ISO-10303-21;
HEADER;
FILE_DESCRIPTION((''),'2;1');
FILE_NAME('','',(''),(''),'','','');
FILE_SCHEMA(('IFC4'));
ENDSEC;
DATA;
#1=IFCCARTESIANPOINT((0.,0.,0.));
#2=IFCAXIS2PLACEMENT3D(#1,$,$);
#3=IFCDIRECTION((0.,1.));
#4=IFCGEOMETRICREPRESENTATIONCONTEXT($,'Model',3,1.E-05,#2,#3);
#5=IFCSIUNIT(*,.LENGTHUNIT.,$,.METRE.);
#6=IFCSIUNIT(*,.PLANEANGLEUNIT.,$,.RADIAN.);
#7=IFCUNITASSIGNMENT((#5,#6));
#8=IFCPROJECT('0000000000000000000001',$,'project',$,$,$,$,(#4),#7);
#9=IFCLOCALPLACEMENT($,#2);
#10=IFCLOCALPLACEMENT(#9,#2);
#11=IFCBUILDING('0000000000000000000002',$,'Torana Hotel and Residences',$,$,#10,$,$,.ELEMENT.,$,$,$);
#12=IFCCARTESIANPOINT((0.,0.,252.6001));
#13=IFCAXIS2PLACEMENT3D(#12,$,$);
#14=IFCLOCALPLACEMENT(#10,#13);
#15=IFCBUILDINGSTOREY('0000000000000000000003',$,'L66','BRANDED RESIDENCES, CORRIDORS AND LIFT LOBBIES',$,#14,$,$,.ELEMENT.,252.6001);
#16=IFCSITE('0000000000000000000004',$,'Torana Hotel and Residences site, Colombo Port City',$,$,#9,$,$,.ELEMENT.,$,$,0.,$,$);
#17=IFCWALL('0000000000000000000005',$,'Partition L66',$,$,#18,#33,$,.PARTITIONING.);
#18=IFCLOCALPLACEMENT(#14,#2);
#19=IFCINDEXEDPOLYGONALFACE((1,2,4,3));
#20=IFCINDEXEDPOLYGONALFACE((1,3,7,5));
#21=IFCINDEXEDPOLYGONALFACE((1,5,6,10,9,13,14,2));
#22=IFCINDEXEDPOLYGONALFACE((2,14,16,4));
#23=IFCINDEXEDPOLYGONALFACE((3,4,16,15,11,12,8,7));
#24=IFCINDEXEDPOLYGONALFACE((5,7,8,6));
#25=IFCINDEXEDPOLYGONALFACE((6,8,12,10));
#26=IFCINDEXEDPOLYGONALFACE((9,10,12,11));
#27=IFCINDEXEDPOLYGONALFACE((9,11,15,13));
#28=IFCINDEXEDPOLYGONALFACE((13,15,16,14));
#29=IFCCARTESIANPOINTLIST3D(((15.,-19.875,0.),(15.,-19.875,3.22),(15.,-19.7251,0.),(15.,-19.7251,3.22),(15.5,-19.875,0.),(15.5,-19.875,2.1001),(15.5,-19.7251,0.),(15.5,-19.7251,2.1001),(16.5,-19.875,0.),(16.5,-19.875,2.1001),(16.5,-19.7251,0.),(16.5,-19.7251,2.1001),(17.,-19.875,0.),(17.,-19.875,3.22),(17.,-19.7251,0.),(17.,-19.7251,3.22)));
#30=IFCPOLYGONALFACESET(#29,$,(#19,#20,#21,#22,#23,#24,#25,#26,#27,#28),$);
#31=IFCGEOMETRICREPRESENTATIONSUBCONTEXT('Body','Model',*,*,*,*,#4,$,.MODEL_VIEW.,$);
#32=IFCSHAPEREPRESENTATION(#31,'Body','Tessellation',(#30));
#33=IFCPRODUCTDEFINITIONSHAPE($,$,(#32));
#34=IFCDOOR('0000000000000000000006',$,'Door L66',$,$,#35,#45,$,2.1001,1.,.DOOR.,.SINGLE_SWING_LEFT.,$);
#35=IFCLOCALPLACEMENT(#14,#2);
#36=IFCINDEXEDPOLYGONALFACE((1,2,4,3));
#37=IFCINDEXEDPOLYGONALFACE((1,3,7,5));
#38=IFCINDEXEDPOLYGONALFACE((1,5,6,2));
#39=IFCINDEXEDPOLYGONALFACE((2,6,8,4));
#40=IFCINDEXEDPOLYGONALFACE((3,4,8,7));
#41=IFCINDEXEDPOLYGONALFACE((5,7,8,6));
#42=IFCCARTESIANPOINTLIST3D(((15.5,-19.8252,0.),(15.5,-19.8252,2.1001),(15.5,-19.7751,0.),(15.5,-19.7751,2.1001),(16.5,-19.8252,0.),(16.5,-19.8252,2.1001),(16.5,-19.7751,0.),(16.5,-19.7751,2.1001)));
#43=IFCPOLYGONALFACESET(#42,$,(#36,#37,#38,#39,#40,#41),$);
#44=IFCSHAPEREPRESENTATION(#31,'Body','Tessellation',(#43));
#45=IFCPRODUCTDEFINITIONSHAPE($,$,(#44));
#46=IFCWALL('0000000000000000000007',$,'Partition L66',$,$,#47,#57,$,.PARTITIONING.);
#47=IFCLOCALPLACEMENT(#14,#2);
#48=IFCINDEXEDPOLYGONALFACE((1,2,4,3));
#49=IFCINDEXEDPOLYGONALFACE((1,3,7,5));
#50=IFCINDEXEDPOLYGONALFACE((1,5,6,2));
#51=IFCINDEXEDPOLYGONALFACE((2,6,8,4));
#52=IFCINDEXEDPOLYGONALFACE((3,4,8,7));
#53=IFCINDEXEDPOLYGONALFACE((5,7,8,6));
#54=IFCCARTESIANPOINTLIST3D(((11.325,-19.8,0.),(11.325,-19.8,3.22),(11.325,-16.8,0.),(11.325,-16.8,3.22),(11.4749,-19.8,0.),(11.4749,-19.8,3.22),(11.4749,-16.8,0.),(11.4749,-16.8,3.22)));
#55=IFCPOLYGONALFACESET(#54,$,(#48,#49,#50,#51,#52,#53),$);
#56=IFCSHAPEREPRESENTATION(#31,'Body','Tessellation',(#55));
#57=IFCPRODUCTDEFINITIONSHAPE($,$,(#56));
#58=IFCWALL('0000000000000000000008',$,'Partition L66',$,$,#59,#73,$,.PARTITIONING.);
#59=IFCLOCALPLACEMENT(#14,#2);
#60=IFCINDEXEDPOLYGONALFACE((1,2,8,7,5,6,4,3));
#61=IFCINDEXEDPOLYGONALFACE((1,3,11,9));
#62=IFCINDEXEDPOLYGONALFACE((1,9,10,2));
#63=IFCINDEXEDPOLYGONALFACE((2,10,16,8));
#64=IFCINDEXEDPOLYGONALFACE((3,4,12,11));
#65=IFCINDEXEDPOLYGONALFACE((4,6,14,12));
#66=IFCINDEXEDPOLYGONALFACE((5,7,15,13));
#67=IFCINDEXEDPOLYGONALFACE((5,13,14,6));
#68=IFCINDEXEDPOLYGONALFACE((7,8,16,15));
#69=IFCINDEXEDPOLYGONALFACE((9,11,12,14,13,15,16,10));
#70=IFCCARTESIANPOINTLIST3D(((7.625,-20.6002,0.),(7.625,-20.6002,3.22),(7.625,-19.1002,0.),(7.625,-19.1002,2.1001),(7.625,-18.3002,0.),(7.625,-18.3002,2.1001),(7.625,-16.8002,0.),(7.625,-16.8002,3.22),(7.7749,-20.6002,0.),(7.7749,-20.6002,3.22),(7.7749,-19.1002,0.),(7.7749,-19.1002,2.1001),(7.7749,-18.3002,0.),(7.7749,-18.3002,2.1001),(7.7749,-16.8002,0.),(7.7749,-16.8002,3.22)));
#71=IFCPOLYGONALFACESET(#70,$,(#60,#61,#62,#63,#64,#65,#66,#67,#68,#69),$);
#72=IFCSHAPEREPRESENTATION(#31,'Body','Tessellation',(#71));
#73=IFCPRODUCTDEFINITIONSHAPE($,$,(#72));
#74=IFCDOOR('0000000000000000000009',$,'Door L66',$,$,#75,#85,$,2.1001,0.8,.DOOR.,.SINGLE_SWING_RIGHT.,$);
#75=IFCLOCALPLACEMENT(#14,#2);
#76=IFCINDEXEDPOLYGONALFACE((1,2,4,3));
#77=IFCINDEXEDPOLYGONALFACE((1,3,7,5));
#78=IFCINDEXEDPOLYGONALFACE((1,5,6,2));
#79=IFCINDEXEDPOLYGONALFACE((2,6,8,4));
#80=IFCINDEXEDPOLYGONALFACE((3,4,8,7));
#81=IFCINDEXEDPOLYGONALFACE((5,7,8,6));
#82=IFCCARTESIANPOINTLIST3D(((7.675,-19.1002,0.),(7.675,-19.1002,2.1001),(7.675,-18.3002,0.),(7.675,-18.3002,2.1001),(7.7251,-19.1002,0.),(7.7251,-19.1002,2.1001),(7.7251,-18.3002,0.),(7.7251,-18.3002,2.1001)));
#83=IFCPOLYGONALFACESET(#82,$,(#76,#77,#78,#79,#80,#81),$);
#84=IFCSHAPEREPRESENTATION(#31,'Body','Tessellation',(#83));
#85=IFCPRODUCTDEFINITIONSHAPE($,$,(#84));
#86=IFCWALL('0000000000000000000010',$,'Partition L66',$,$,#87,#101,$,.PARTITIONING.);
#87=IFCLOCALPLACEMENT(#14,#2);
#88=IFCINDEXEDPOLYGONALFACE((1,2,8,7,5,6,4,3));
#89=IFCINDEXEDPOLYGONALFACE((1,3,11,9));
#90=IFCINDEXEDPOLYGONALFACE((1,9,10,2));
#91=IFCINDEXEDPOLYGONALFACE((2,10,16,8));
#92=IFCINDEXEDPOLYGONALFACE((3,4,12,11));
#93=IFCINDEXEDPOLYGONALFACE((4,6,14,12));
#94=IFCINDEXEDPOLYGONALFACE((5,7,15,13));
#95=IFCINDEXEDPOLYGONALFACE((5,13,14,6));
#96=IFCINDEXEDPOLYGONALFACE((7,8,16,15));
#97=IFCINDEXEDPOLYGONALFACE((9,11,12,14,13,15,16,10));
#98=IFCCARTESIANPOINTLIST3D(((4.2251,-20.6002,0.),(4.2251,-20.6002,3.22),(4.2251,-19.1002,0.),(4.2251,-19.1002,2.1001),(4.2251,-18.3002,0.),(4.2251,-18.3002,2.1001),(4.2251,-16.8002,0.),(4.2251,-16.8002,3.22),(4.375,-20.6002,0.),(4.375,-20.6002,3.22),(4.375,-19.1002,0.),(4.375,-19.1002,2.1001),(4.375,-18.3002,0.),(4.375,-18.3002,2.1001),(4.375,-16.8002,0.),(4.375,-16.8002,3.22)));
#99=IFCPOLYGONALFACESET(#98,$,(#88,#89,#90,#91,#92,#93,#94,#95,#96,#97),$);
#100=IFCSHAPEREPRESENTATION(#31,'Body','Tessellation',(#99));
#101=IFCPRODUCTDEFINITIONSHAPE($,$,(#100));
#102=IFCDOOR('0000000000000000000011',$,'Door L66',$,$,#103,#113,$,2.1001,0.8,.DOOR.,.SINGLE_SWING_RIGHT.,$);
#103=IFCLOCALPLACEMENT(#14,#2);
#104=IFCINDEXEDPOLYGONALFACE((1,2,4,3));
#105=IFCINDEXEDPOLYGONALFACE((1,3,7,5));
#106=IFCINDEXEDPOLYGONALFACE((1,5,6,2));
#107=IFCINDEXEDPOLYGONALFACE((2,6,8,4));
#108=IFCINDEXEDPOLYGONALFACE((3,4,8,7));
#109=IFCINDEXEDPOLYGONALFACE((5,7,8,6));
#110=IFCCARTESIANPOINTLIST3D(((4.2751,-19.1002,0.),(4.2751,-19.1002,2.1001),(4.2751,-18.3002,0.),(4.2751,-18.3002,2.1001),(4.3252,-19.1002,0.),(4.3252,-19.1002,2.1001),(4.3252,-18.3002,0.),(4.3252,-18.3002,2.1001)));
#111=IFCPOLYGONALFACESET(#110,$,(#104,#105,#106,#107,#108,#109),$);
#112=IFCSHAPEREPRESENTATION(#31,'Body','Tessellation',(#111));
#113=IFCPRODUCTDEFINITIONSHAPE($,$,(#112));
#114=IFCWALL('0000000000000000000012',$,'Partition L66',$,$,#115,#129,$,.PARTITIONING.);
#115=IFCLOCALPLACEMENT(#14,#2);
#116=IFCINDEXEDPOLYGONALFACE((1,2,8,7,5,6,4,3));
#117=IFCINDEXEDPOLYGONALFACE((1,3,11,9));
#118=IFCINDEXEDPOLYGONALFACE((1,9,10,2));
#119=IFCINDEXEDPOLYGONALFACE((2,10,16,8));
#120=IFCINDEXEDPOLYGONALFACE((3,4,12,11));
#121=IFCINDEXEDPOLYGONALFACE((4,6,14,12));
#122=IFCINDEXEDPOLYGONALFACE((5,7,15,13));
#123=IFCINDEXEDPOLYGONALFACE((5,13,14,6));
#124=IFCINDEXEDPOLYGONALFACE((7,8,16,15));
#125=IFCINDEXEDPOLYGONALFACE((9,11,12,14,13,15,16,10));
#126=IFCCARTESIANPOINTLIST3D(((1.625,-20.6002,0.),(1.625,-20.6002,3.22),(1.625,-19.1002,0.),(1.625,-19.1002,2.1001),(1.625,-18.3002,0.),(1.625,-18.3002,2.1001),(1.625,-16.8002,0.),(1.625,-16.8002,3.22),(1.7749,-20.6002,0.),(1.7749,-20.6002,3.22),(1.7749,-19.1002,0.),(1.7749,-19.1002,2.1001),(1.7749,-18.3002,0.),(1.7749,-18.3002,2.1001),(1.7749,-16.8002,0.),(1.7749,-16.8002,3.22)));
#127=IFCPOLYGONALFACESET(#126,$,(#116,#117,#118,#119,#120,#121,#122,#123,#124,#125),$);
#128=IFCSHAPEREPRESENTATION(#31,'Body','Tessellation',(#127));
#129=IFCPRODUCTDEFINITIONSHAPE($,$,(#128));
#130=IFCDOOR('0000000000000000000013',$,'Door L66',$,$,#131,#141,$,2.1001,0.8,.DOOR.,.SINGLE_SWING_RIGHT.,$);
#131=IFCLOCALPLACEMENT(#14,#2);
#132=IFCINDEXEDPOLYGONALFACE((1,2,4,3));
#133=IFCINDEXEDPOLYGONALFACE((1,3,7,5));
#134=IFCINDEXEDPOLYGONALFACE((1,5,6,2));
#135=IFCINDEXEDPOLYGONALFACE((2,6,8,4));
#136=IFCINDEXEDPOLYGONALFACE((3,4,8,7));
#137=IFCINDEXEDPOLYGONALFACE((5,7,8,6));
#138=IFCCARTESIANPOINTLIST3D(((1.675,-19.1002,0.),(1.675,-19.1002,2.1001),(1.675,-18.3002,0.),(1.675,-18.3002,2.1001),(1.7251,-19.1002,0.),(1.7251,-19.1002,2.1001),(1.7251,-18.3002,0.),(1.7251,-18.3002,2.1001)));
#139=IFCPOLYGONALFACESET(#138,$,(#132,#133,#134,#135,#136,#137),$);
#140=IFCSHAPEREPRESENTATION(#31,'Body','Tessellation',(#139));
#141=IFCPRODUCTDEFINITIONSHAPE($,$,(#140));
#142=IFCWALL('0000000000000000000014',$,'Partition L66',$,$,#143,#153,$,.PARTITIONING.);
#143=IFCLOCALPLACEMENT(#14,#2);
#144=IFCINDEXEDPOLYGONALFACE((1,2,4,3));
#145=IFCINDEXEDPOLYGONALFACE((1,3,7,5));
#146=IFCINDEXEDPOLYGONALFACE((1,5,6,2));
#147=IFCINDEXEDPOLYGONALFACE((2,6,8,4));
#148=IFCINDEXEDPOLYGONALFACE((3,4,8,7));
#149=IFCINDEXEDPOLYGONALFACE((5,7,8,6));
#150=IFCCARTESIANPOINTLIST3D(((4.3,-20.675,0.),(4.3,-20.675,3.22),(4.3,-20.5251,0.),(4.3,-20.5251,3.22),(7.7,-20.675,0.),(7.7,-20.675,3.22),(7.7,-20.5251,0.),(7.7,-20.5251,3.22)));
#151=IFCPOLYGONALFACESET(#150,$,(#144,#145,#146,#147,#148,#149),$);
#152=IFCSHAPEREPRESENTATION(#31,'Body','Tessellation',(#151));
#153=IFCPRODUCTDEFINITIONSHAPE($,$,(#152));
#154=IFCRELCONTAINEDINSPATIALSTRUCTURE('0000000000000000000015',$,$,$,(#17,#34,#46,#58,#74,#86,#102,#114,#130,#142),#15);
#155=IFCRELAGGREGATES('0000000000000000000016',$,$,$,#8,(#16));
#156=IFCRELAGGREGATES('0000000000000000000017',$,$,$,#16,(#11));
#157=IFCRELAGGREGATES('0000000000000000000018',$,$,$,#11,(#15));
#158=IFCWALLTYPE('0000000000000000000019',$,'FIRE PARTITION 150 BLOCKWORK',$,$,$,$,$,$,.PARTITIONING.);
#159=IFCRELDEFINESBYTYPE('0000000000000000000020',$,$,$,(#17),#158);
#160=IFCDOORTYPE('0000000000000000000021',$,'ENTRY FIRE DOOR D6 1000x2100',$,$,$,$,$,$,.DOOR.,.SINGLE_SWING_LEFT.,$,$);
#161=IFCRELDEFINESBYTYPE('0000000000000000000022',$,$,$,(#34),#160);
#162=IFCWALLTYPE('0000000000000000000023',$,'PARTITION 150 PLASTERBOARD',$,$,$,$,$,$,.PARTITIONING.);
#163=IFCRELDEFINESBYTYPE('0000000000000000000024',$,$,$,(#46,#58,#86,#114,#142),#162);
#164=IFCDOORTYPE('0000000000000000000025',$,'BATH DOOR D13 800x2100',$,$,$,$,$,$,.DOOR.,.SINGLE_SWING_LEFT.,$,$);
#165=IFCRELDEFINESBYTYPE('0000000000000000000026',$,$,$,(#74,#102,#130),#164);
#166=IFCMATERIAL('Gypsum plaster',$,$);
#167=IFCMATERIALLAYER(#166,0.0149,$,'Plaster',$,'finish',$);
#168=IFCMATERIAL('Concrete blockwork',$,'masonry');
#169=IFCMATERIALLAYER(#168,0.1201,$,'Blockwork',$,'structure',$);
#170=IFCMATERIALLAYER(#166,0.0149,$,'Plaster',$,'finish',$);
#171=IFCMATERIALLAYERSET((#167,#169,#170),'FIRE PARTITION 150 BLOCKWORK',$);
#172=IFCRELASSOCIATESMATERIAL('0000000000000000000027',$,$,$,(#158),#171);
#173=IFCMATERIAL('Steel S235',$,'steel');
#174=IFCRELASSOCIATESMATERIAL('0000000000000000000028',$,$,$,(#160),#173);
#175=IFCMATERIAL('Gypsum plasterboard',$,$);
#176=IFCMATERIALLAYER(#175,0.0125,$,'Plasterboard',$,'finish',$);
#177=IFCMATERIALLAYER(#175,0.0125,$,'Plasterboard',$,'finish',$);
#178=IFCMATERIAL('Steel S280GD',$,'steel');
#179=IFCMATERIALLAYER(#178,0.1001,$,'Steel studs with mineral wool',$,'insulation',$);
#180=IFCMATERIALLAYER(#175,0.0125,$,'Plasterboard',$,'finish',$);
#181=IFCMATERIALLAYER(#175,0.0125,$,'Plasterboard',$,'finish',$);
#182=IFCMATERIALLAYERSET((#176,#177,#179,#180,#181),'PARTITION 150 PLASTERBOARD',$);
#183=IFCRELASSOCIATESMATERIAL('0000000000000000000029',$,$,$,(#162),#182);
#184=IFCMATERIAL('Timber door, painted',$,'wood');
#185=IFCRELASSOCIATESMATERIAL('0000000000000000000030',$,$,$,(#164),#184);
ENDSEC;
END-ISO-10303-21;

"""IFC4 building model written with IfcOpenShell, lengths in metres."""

from ifc_helpers import new_model, si_unit, direction, frame, frame_2d, origin, place, context, subcontext, project, spatial, rectangle, extrude, material, layer, layer_set, type_object, element, fill, save


model = new_model("IFC4")

# Units and contexts
model_context = context("Model", 3, precision=1e-05, world=origin(), true_north=direction((0.0, 1.0)))
body_context = subcontext(model_context, "Body", "Model", "MODEL_VIEW")
ifc_project = project(units=[si_unit("LENGTHUNIT", "METRE"), si_unit("PLANEANGLEUNIT", "RADIAN")], contexts=[model_context])

# Site, building, storey
site_placement = place(None, origin())
site = spatial("IfcSite", under=ifc_project, at=site_placement, Name="Torana Hotel and Residences site, Colombo Port City", CompositionType="ELEMENT", RefElevation=0.0)
building_placement = place(site_placement, origin())
building = spatial("IfcBuilding", under=site, at=building_placement, Name="Torana Hotel and Residences", CompositionType="ELEMENT")
storey_placement = place(building_placement, frame((0.0, 0.0, 252.6001)))
storey = spatial("IfcBuildingStorey", under=building, at=storey_placement, Name="L66", Description="BRANDED RESIDENCES, CORRIDORS AND LIFT LOBBIES", CompositionType="ELEMENT", Elevation=252.6001)

# Wall, opening, door
ifc_material_1 = material(Name="Gypsum plaster")
ifc_layer_1 = layer(ifc_material_1, 0.0149, Name="Plaster", Category="finish")
ifc_material_2 = material(Name="Concrete blockwork", Category="masonry")
ifc_layer_2 = layer(ifc_material_2, 0.1201, Name="Blockwork", Category="structure")
ifc_layer_3 = layer(ifc_material_1, 0.0149, Name="Plaster", Category="finish")
ifc_layer_set_1 = layer_set([ifc_layer_1, ifc_layer_2, ifc_layer_3], Name="FIRE PARTITION 150 BLOCKWORK")
wall_type_1 = type_object("IfcWallType", Name="FIRE PARTITION 150 BLOCKWORK", PredefinedType="PARTITIONING", material=ifc_layer_set_1)
ifc_material_3 = material(Name="Steel S235", Category="steel")
door_type_1 = type_object("IfcDoorType", Name="ENTRY FIRE DOOR D6 1000x2100", OperationType="SINGLE_SWING_LEFT", PredefinedType="DOOR", material=ifc_material_3)
wall_1_placement = place(storey_placement, frame((15.0, -19.8, 0.0), z_axis=(0.0, 0.0, 1.0), x_axis=(1.0, 0.0, 0.0)))
wall_1 = element("IfcWall", 1, at=wall_1_placement, inside=storey, type_object=wall_type_1, Name="Partition L66", PredefinedType="PARTITIONING", context=body_context, shape_type="SweptSolid", body=[
    extrude(rectangle(XDim=2.0, YDim=0.1499, at=frame_2d((1.0, 0.0))), origin(), (0.0, 0.0, 1.0), 3.22),
])
opening_1_placement = place(wall_1_placement, frame((0.5, 0.0, 0.0)))
opening_1 = element("IfcOpeningElement", 2, at=opening_1_placement, cuts=wall_1, PredefinedType="OPENING", context=body_context, shape_type="SweptSolid", body=[
    extrude(rectangle(XDim=1.0, YDim=2.1001, at=frame_2d((0.5, 1.05))), frame((0.0, 0.085, 0.0), z_axis=(0.0, -1.0, 0.0), x_axis=(1.0, 0.0, 0.0)), (0.0, 0.0, 1.0), 0.1699),
])
door_1_placement = place(opening_1_placement, frame((0.5, 0.0, 0.0), z_axis=(0.0, 0.0, 1.0), x_axis=(-1.0, 0.0, 0.0)))
door_1 = element("IfcDoor", 3, at=door_1_placement, inside=storey, type_object=door_type_1, Name="Door L66", OperationType="SINGLE_SWING_LEFT", OverallHeight=2.1001, OverallWidth=1.0, PredefinedType="DOOR", context=body_context, shape_type="SweptSolid", body=[
    extrude(rectangle(XDim=1.0, YDim=2.1001, at=frame_2d((0.0, 1.05))), frame((0.0, -0.0249, 0.0), z_axis=(0.0, 1.0, 0.0), x_axis=(-1.0, 0.0, 0.0)), (0.0, 0.0, 1.0), 0.05),
])
fill(opening_1, door_1)

# Wall
ifc_material_4 = material(Name="Gypsum plasterboard")
ifc_layer_4 = layer(ifc_material_4, 0.0125, Name="Plasterboard", Category="finish")
ifc_layer_5 = layer(ifc_material_4, 0.0125, Name="Plasterboard", Category="finish")
ifc_material_5 = material(Name="Steel S280GD", Category="steel")
ifc_layer_6 = layer(ifc_material_5, 0.1001, Name="Steel studs with mineral wool", Category="insulation")
ifc_layer_7 = layer(ifc_material_4, 0.0125, Name="Plasterboard", Category="finish")
ifc_layer_8 = layer(ifc_material_4, 0.0125, Name="Plasterboard", Category="finish")
ifc_layer_set_2 = layer_set([ifc_layer_4, ifc_layer_5, ifc_layer_6, ifc_layer_7, ifc_layer_8], Name="PARTITION 150 PLASTERBOARD")
wall_type_2 = type_object("IfcWallType", Name="PARTITION 150 PLASTERBOARD", PredefinedType="PARTITIONING", material=ifc_layer_set_2)
wall_2_placement = place(storey_placement, frame((11.3999, -19.8, 0.0), z_axis=(0.0, 0.0, 1.0), x_axis=(0.0, 1.0, 0.0)))
element("IfcWall", 4, at=wall_2_placement, inside=storey, type_object=wall_type_2, Name="Partition L66", PredefinedType="PARTITIONING", context=body_context, shape_type="SweptSolid", body=[
    extrude(rectangle(XDim=3.0, YDim=0.1499, at=frame_2d((1.5, 0.0))), origin(), (0.0, 0.0, 1.0), 3.22),
])

# Walls, openings, doors
wall_3_placement = place(storey_placement, frame((7.7, -20.6001, 0.0), z_axis=(0.0, 0.0, 1.0), x_axis=(0.0, 1.0, 0.0)))
wall_3 = element("IfcWall", 5, at=wall_3_placement, inside=storey, type_object=wall_type_2, Name="Partition L66", PredefinedType="PARTITIONING", context=body_context, shape_type="SweptSolid", body=[
    extrude(rectangle(XDim=3.8, YDim=0.1499, at=frame_2d((1.8999, 0.0))), origin(), (0.0, 0.0, 1.0), 3.22),
])
opening_2_placement = place(wall_3_placement, frame((1.5, 0.0, 0.0)))
opening_2 = element("IfcOpeningElement", 6, at=opening_2_placement, cuts=wall_3, PredefinedType="OPENING", context=body_context, shape_type="SweptSolid", body=[
    extrude(rectangle(XDim=0.8, YDim=2.1001, at=frame_2d((0.3999, 1.05))), frame((0.0, 0.085, 0.0), z_axis=(0.0, -1.0, 0.0), x_axis=(1.0, 0.0, 0.0)), (0.0, 0.0, 1.0), 0.1699),
])
ifc_material_6 = material(Name="Timber door, painted", Category="wood")
door_type_2 = type_object("IfcDoorType", Name="BATH DOOR D13 800x2100", OperationType="SINGLE_SWING_LEFT", PredefinedType="DOOR", material=ifc_material_6)
door_2_placement = place(opening_2_placement, origin())
door_2 = element("IfcDoor", 7, at=door_2_placement, inside=storey, type_object=door_type_2, Name="Door L66", OperationType="SINGLE_SWING_RIGHT", OverallHeight=2.1001, OverallWidth=0.8, PredefinedType="DOOR", context=body_context, shape_type="SweptSolid", body=[
    extrude(rectangle(XDim=0.8, YDim=2.1001, at=frame_2d((0.3999, 1.05))), frame((0.0, 0.0249, 0.0), z_axis=(0.0, -1.0, 0.0), x_axis=(1.0, 0.0, 0.0)), (0.0, 0.0, 1.0), 0.05),
])
fill(opening_2, door_2)
wall_4_placement = place(storey_placement, frame((4.3, -20.6001, 0.0), z_axis=(0.0, 0.0, 1.0), x_axis=(0.0, 1.0, 0.0)))
wall_4 = element("IfcWall", 8, at=wall_4_placement, inside=storey, type_object=wall_type_2, Name="Partition L66", PredefinedType="PARTITIONING", context=body_context, shape_type="SweptSolid", body=[
    extrude(rectangle(XDim=3.8, YDim=0.1499, at=frame_2d((1.8999, 0.0))), origin(), (0.0, 0.0, 1.0), 3.22),
])
opening_3_placement = place(wall_4_placement, frame((1.5, 0.0, 0.0)))
opening_3 = element("IfcOpeningElement", 9, at=opening_3_placement, cuts=wall_4, PredefinedType="OPENING", context=body_context, shape_type="SweptSolid", body=[
    extrude(rectangle(XDim=0.8, YDim=2.1001, at=frame_2d((0.3999, 1.05))), frame((0.0, 0.085, 0.0), z_axis=(0.0, -1.0, 0.0), x_axis=(1.0, 0.0, 0.0)), (0.0, 0.0, 1.0), 0.1699),
])
door_3_placement = place(opening_3_placement, origin())
door_3 = element("IfcDoor", 10, at=door_3_placement, inside=storey, type_object=door_type_2, Name="Door L66", OperationType="SINGLE_SWING_RIGHT", OverallHeight=2.1001, OverallWidth=0.8, PredefinedType="DOOR", context=body_context, shape_type="SweptSolid", body=[
    extrude(rectangle(XDim=0.8, YDim=2.1001, at=frame_2d((0.3999, 1.05))), frame((0.0, 0.0249, 0.0), z_axis=(0.0, -1.0, 0.0), x_axis=(1.0, 0.0, 0.0)), (0.0, 0.0, 1.0), 0.05),
])
fill(opening_3, door_3)
wall_5_placement = place(storey_placement, frame((1.7, -20.6001, 0.0), z_axis=(0.0, 0.0, 1.0), x_axis=(0.0, 1.0, 0.0)))
wall_5 = element("IfcWall", 11, at=wall_5_placement, inside=storey, type_object=wall_type_2, Name="Partition L66", PredefinedType="PARTITIONING", context=body_context, shape_type="SweptSolid", body=[
    extrude(rectangle(XDim=3.8, YDim=0.1499, at=frame_2d((1.8999, 0.0))), origin(), (0.0, 0.0, 1.0), 3.22),
])
opening_4_placement = place(wall_5_placement, frame((1.5, 0.0, 0.0)))
opening_4 = element("IfcOpeningElement", 12, at=opening_4_placement, cuts=wall_5, PredefinedType="OPENING", context=body_context, shape_type="SweptSolid", body=[
    extrude(rectangle(XDim=0.8, YDim=2.1001, at=frame_2d((0.3999, 1.05))), frame((0.0, 0.085, 0.0), z_axis=(0.0, -1.0, 0.0), x_axis=(1.0, 0.0, 0.0)), (0.0, 0.0, 1.0), 0.1699),
])
door_4_placement = place(opening_4_placement, origin())
door_4 = element("IfcDoor", 13, at=door_4_placement, inside=storey, type_object=door_type_2, Name="Door L66", OperationType="SINGLE_SWING_RIGHT", OverallHeight=2.1001, OverallWidth=0.8, PredefinedType="DOOR", context=body_context, shape_type="SweptSolid", body=[
    extrude(rectangle(XDim=0.8, YDim=2.1001, at=frame_2d((0.3999, 1.05))), frame((0.0, 0.0249, 0.0), z_axis=(0.0, -1.0, 0.0), x_axis=(1.0, 0.0, 0.0)), (0.0, 0.0, 1.0), 0.05),
])
fill(opening_4, door_4)

# Wall
wall_6_placement = place(storey_placement, frame((4.3, -20.6001, 0.0), z_axis=(0.0, 0.0, 1.0), x_axis=(1.0, 0.0, 0.0)))
element("IfcWall", 14, at=wall_6_placement, inside=storey, type_object=wall_type_2, Name="Partition L66", PredefinedType="PARTITIONING", context=body_context, shape_type="SweptSolid", body=[
    extrude(rectangle(XDim=3.3999, YDim=0.1499, at=frame_2d((1.7, 0.0))), origin(), (0.0, 0.0, 1.0), 3.22),
])

save(model, "model.ifc")
